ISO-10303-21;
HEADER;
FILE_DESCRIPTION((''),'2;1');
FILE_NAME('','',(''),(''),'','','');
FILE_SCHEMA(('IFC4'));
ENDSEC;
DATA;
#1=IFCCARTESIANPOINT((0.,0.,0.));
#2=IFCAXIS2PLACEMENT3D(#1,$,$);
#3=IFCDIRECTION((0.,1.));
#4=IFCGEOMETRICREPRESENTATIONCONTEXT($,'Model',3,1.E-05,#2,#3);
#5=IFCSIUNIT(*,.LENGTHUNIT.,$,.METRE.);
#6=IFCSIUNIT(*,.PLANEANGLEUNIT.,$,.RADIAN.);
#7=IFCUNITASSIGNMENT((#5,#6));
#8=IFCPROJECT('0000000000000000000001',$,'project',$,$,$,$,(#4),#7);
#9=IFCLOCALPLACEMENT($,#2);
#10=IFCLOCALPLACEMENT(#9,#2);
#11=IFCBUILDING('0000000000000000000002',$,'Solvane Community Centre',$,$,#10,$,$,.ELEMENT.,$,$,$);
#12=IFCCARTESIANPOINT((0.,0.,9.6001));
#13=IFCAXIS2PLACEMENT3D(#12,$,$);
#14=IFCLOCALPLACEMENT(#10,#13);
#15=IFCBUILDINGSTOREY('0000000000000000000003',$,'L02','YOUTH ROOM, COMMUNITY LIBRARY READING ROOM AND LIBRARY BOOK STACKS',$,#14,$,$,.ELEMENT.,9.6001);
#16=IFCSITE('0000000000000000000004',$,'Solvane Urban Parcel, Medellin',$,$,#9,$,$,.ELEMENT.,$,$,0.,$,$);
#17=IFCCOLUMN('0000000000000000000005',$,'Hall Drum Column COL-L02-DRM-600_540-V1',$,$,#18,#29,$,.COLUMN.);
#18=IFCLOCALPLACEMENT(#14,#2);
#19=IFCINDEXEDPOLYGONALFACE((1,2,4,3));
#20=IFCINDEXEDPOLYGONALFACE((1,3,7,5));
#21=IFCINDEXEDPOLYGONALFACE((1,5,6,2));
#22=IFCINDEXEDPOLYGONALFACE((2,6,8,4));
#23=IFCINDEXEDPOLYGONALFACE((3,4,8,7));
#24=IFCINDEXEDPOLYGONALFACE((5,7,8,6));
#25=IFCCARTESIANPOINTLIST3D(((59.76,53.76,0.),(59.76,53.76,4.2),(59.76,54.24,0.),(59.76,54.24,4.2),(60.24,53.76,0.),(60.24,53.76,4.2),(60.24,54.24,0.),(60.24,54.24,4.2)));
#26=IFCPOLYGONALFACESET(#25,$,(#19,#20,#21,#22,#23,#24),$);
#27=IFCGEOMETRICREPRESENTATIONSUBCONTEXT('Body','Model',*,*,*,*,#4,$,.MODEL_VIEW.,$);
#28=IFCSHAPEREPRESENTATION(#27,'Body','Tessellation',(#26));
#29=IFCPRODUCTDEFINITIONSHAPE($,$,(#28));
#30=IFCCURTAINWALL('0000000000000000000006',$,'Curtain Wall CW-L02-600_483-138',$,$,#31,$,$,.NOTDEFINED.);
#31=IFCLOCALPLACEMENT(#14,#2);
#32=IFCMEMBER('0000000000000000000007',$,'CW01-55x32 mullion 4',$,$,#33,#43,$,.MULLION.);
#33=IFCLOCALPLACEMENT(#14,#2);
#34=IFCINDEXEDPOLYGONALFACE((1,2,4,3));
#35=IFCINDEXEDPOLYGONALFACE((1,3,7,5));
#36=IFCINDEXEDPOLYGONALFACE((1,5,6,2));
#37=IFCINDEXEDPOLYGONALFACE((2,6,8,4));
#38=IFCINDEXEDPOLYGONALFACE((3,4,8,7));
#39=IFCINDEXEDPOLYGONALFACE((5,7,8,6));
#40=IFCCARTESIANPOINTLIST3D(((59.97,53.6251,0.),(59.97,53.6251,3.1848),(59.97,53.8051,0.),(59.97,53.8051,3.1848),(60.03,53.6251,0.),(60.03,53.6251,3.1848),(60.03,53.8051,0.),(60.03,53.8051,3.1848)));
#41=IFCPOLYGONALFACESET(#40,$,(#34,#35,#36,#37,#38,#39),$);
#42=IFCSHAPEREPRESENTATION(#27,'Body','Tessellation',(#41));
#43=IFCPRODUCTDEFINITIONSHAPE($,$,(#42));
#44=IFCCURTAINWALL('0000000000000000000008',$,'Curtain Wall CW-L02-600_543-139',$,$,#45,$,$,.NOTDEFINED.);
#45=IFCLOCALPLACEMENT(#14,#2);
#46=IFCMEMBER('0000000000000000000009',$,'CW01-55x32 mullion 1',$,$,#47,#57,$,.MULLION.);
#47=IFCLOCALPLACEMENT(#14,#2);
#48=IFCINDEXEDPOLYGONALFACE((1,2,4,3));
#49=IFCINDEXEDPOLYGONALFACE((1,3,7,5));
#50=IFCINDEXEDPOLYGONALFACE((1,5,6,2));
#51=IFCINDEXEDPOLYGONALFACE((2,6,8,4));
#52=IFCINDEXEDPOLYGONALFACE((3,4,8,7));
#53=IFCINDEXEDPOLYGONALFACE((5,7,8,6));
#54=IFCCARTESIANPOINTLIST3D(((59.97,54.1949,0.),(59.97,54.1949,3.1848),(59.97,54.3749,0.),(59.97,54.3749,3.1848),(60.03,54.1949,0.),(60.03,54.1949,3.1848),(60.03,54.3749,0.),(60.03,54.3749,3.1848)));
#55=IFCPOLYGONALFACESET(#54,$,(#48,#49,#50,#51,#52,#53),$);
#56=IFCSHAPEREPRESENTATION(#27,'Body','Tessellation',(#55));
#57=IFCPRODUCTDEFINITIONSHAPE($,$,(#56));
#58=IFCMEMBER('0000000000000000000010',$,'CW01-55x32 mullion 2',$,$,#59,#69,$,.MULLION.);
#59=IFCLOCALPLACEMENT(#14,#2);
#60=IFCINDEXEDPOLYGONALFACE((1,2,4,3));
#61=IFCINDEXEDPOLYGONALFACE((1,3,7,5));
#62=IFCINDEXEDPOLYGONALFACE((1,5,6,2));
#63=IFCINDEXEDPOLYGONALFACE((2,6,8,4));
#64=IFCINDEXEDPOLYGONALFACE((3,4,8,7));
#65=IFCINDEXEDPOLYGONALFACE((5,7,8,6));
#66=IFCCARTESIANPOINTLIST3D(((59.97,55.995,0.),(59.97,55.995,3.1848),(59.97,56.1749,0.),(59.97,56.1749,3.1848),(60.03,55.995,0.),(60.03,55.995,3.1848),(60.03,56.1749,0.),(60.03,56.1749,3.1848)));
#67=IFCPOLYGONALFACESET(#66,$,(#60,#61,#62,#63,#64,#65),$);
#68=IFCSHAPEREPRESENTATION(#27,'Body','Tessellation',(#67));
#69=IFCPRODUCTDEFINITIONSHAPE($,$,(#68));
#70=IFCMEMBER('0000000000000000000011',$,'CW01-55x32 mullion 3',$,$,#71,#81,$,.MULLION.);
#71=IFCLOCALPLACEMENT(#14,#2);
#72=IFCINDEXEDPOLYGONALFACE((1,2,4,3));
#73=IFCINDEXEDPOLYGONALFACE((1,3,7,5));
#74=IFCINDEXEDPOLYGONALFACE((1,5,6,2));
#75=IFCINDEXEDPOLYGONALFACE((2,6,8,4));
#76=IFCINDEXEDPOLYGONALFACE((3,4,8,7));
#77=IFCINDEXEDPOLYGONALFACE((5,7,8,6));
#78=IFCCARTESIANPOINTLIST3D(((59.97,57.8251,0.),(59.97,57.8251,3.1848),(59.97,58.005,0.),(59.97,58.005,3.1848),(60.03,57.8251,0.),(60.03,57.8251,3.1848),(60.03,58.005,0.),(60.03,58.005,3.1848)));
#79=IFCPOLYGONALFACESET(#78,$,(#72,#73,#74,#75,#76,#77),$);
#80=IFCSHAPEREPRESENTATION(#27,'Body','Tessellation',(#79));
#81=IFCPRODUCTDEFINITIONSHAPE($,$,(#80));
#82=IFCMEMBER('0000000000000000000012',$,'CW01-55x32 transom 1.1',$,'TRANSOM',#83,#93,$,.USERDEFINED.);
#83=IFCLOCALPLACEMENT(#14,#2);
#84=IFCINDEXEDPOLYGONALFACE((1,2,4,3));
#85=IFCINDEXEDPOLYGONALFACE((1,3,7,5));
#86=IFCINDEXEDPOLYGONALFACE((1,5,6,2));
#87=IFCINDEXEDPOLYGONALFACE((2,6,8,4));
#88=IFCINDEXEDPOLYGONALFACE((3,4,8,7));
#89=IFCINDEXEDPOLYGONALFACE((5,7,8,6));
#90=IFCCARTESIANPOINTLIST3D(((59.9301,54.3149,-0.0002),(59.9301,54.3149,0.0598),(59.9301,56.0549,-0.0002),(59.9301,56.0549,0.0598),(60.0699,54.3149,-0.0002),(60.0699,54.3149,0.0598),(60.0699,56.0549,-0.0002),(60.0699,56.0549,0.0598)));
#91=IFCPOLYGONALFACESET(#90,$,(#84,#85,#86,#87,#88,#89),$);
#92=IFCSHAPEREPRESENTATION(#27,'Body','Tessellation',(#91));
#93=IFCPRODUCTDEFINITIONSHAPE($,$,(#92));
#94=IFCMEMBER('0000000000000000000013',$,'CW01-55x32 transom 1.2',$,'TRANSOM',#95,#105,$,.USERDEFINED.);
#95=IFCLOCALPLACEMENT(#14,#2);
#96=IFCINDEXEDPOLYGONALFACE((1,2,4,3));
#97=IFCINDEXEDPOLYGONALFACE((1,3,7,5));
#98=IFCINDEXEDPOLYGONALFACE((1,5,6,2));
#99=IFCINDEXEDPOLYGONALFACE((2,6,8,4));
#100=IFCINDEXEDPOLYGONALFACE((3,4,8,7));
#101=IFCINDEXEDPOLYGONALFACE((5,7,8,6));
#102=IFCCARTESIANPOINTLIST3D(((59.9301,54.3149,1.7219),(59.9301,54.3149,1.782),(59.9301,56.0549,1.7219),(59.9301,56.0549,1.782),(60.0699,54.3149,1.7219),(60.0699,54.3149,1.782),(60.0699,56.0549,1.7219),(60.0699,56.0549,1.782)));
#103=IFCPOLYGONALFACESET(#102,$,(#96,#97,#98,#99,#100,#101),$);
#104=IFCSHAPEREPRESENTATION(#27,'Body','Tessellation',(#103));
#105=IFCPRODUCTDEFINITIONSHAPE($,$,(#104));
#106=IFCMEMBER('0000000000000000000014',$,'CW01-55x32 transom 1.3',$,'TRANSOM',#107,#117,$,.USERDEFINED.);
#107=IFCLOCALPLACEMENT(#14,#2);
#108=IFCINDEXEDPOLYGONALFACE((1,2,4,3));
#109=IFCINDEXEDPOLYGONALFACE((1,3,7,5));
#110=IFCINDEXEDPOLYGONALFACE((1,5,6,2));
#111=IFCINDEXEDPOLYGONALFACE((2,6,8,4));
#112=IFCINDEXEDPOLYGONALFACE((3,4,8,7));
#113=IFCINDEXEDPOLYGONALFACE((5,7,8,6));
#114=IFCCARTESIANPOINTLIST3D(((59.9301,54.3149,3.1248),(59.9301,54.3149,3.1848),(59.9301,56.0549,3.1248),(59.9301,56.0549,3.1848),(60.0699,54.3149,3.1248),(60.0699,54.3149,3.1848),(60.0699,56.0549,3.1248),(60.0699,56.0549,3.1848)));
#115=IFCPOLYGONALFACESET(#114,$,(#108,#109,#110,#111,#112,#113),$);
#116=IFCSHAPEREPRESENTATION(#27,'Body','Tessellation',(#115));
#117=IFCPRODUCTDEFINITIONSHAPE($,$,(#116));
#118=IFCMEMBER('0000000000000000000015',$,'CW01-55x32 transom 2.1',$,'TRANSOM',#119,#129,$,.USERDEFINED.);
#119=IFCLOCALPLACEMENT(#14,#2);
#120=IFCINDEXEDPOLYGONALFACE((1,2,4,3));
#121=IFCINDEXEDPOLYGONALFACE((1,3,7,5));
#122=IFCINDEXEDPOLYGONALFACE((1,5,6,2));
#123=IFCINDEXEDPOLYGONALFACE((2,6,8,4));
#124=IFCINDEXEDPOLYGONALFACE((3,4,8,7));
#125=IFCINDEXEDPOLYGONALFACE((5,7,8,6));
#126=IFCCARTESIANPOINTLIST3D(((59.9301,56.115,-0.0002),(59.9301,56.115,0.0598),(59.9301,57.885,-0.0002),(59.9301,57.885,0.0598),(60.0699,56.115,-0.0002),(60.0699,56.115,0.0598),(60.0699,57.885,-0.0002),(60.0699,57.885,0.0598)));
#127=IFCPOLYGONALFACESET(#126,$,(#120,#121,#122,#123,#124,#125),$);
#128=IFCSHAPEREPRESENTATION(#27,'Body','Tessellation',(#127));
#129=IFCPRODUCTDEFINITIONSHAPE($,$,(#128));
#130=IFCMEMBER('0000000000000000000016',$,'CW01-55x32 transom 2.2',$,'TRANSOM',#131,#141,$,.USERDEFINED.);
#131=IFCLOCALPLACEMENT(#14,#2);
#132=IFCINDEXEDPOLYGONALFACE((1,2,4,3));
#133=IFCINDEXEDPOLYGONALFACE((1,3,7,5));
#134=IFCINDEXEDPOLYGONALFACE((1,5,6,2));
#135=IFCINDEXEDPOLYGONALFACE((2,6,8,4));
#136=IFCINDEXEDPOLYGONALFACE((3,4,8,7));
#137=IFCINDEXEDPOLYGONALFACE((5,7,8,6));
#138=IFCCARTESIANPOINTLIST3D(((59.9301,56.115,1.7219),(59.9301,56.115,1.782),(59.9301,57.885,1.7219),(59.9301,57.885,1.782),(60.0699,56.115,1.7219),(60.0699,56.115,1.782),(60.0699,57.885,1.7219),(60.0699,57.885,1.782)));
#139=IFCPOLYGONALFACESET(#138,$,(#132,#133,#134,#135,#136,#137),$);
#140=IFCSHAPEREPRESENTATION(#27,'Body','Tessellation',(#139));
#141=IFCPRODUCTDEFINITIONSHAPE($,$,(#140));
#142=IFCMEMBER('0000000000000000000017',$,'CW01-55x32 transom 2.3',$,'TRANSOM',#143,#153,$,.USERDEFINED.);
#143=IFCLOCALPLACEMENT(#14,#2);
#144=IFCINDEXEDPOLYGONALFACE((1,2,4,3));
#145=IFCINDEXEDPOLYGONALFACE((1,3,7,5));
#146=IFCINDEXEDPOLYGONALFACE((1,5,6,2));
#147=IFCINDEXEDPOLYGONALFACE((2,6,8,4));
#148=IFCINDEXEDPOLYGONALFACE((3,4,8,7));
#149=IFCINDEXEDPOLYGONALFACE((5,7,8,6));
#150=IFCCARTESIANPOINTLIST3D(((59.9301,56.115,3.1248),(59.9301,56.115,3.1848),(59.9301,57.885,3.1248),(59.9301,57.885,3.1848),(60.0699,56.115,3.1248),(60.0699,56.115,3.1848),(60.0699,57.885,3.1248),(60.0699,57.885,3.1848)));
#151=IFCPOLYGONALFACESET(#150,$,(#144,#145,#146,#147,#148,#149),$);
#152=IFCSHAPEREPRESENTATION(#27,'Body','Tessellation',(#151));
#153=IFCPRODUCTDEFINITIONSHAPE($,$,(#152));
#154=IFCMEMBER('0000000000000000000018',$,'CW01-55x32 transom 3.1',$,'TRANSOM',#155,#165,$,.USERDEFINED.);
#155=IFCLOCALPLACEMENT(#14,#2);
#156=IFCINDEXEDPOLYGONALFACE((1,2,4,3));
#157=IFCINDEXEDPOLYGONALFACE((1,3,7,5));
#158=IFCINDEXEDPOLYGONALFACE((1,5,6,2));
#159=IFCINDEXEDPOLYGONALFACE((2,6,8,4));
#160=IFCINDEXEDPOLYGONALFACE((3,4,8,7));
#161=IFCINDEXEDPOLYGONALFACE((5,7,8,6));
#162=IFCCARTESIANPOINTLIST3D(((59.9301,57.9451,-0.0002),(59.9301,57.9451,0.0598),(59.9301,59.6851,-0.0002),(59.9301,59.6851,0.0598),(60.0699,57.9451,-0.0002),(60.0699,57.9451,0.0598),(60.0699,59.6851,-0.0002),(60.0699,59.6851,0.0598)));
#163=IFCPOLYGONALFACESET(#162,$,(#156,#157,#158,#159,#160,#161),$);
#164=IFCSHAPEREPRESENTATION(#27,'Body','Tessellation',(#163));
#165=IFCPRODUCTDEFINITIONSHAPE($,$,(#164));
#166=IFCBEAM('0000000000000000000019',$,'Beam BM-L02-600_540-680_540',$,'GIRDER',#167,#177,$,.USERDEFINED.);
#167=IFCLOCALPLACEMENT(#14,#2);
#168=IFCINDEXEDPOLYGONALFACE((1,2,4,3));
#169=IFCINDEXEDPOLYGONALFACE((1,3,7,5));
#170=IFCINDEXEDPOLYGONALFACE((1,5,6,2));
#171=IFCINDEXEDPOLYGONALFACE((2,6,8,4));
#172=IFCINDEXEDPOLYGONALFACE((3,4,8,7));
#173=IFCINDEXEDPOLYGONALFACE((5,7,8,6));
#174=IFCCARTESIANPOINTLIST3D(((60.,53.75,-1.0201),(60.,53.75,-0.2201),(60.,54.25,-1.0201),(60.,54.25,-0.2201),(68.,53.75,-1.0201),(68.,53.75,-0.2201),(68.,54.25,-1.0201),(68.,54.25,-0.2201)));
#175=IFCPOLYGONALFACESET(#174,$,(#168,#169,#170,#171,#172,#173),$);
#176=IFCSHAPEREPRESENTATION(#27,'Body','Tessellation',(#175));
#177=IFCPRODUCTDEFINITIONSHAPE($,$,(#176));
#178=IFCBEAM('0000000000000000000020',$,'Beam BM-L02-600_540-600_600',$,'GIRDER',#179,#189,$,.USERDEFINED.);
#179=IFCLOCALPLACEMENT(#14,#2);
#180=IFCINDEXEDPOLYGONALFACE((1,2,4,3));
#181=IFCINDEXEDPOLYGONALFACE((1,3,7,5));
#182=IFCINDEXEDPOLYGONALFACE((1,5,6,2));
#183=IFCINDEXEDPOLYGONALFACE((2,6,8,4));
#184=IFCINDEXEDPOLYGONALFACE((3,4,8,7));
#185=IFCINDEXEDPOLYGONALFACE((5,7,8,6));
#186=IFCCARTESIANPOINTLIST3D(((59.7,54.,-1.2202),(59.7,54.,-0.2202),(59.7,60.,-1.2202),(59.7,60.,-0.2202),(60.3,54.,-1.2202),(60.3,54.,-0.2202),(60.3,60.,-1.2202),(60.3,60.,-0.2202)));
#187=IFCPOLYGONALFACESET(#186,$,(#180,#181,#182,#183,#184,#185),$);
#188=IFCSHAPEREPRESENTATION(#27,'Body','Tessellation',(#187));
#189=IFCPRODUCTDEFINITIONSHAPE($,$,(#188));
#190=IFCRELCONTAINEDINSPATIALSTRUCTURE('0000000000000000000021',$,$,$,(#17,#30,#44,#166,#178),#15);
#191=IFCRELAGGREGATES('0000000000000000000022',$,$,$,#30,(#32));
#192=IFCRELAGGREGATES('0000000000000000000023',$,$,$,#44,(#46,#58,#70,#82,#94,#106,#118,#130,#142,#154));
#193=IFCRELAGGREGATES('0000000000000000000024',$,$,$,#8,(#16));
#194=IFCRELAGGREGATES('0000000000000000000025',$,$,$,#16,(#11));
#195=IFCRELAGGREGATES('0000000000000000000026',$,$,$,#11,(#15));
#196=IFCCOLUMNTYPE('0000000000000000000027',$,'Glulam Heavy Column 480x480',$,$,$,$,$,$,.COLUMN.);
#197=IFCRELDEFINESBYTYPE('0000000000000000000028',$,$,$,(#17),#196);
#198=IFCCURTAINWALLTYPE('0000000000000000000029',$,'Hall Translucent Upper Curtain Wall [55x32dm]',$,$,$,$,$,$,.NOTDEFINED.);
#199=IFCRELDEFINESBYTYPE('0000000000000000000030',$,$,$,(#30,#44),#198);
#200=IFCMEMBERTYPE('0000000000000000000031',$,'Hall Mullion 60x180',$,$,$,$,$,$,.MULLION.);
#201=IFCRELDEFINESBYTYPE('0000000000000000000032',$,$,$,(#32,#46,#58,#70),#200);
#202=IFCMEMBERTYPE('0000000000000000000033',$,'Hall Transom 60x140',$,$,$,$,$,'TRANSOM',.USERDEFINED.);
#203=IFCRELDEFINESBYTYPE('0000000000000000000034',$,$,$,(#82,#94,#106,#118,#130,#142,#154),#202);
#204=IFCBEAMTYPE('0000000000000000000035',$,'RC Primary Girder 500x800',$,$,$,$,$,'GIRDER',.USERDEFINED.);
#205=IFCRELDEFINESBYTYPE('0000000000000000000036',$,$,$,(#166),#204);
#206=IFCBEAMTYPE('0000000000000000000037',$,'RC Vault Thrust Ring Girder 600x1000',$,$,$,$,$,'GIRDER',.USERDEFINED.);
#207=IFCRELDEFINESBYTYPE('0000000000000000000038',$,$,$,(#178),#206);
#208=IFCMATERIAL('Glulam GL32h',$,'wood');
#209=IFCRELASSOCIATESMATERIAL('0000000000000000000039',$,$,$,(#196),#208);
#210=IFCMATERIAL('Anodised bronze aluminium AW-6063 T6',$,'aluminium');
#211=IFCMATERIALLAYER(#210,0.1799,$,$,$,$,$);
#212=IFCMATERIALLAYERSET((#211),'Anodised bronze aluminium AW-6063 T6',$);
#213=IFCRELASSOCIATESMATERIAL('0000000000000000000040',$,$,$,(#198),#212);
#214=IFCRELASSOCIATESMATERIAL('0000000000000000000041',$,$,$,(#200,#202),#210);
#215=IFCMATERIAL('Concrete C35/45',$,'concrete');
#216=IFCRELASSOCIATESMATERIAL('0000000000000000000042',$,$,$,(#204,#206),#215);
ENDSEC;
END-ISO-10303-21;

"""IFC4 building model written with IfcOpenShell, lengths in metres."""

from ifc_helpers import new_model, si_unit, direction, frame, origin, origin_2d, place, context, subcontext, project, spatial, rectangle, extrude, material, layer, layer_set, material_profile, profile_set, type_object, element, aggregate, save


model = new_model("IFC4")

# Units and contexts
model_context = context("Model", 3, precision=1e-05, world=origin(), true_north=direction((0.0, 1.0)))
body_context = subcontext(model_context, "Body", "Model", "MODEL_VIEW")
ifc_project = project(units=[si_unit("LENGTHUNIT", "METRE"), si_unit("PLANEANGLEUNIT", "RADIAN")], contexts=[model_context])

# Site, building, storey
site_placement = place(None, origin())
site = spatial("IfcSite", under=ifc_project, at=site_placement, Name="Solvane Urban Parcel, Medellin", CompositionType="ELEMENT", RefElevation=0.0)
building_placement = place(site_placement, origin())
building = spatial("IfcBuilding", under=site, at=building_placement, Name="Solvane Community Centre", CompositionType="ELEMENT")
storey_placement = place(building_placement, frame((0.0, 0.0, 9.6001)))
storey = spatial("IfcBuildingStorey", under=building, at=storey_placement, Name="L02", Description="YOUTH ROOM, COMMUNITY LIBRARY READING ROOM AND LIBRARY BOOK STACKS", CompositionType="ELEMENT", Elevation=9.6001)

# Column
ifc_material_1 = material(Name="Glulam GL32h", Category="wood")
ifc_material_profile_1 = material_profile(ifc_material_1, rectangle(XDim=0.48, YDim=0.48, at=origin_2d()), Name="GL32h 480x480")
ifc_profile_set_1 = profile_set([ifc_material_profile_1], Name="Glulam GL32h")
column_type = type_object("IfcColumnType", Name="Glulam Heavy Column 480x480", PredefinedType="COLUMN", material=ifc_profile_set_1)
column_placement = place(storey_placement, frame((60.0, 54.0, 0.0), z_axis=(0.0, 0.0, 1.0), x_axis=(1.0, 0.0, 0.0)))
element("IfcColumn", 1, at=column_placement, inside=storey, type_object=column_type, Name="Hall Drum Column COL-L02-DRM-600_540-V1", PredefinedType="COLUMN", context=body_context, shape_type="SweptSolid", body=[
    extrude(rectangle(XDim=0.48, YDim=0.48, at=origin_2d()), origin(), (0.0, 0.0, 1.0), 4.2),
])

# Curtain wall, member
ifc_material_2 = material(Name="Anodised bronze aluminium AW-6063 T6", Category="aluminium")
ifc_layer_1 = layer(ifc_material_2, 0.1799)
ifc_layer_set_1 = layer_set([ifc_layer_1], Name="Anodised bronze aluminium AW-6063 T6")
curtain_wall_type = type_object("IfcCurtainWallType", Name="Hall Translucent Upper Curtain Wall [55x32dm]", PredefinedType="NOTDEFINED", material=ifc_layer_set_1)
curtain_wall_1_placement = place(storey_placement, origin())
curtain_wall_1 = element("IfcCurtainWall", 2, at=curtain_wall_1_placement, inside=storey, type_object=curtain_wall_type, Name="Curtain Wall CW-L02-600_483-138", PredefinedType="NOTDEFINED")
ifc_material_profile_2 = material_profile(ifc_material_2, rectangle(XDim=0.0601, YDim=0.1799, at=origin_2d()), Name="CW-M 60x180")
ifc_profile_set_2 = profile_set([ifc_material_profile_2], Name="Anodised bronze aluminium AW-6063 T6")
member_type_1 = type_object("IfcMemberType", Name="Hall Mullion 60x180", PredefinedType="MULLION", material=ifc_profile_set_2)
member_1_placement = place(storey_placement, frame((60.0, 53.7151, 0.0), z_axis=(0.0, 0.0, 1.0), x_axis=(-1.0, 0.0, 0.0)))
member_1 = element("IfcMember", 3, at=member_1_placement, type_object=member_type_1, Name="CW01-55x32 mullion 4", PredefinedType="MULLION", context=body_context, shape_type="SweptSolid", body=[
    extrude(rectangle(XDim=0.0601, YDim=0.1799, at=origin_2d()), origin(), (0.0, 0.0, 1.0), 3.1848),
])

# Curtain wall, members
curtain_wall_2_placement = place(storey_placement, origin())
curtain_wall_2 = element("IfcCurtainWall", 4, at=curtain_wall_2_placement, inside=storey, type_object=curtain_wall_type, Name="Curtain Wall CW-L02-600_543-139", PredefinedType="NOTDEFINED")
member_2_placement = place(storey_placement, frame((60.0, 54.2849, 0.0), z_axis=(0.0, 0.0, 1.0), x_axis=(-1.0, 0.0, 0.0)))
member_2 = element("IfcMember", 5, at=member_2_placement, type_object=member_type_1, Name="CW01-55x32 mullion 1", PredefinedType="MULLION", context=body_context, shape_type="SweptSolid", body=[
    extrude(rectangle(XDim=0.0601, YDim=0.1799, at=origin_2d()), origin(), (0.0, 0.0, 1.0), 3.1848),
])
member_3_placement = place(storey_placement, frame((60.0, 56.085, 0.0), z_axis=(0.0, 0.0, 1.0), x_axis=(-1.0, 0.0, 0.0)))
member_3 = element("IfcMember", 6, at=member_3_placement, type_object=member_type_1, Name="CW01-55x32 mullion 2", PredefinedType="MULLION", context=body_context, shape_type="SweptSolid", body=[
    extrude(rectangle(XDim=0.0601, YDim=0.1799, at=origin_2d()), origin(), (0.0, 0.0, 1.0), 3.1848),
])
member_4_placement = place(storey_placement, frame((60.0, 57.915, 0.0), z_axis=(0.0, 0.0, 1.0), x_axis=(-1.0, 0.0, 0.0)))
member_4 = element("IfcMember", 7, at=member_4_placement, type_object=member_type_1, Name="CW01-55x32 mullion 3", PredefinedType="MULLION", context=body_context, shape_type="SweptSolid", body=[
    extrude(rectangle(XDim=0.0601, YDim=0.1799, at=origin_2d()), origin(), (0.0, 0.0, 1.0), 3.1848),
])
ifc_material_profile_3 = material_profile(ifc_material_2, rectangle(XDim=0.1399, YDim=0.0601, at=origin_2d()), Name="CW-T 60x140")
ifc_profile_set_3 = profile_set([ifc_material_profile_3], Name="Anodised bronze aluminium AW-6063 T6")
member_type_2 = type_object("IfcMemberType", Name="Hall Transom 60x140", ElementType="TRANSOM", PredefinedType="USERDEFINED", material=ifc_profile_set_3)
member_5_placement = place(storey_placement, frame((60.0, 54.3149, 0.0298), z_axis=(0.0, 1.0, 0.0), x_axis=(-1.0, 0.0, 0.0)))
member_5 = element("IfcMember", 8, at=member_5_placement, type_object=member_type_2, Name="CW01-55x32 transom 1.1", ObjectType="TRANSOM", PredefinedType="USERDEFINED", context=body_context, shape_type="SweptSolid", body=[
    extrude(rectangle(XDim=0.1399, YDim=0.0601, at=origin_2d()), origin(), (0.0, 0.0, 1.0), 1.74),
])
member_6_placement = place(storey_placement, frame((60.0, 54.3149, 1.752), z_axis=(0.0, 1.0, 0.0), x_axis=(-1.0, 0.0, 0.0)))
member_6 = element("IfcMember", 9, at=member_6_placement, type_object=member_type_2, Name="CW01-55x32 transom 1.2", ObjectType="TRANSOM", PredefinedType="USERDEFINED", context=body_context, shape_type="SweptSolid", body=[
    extrude(rectangle(XDim=0.1399, YDim=0.0601, at=origin_2d()), origin(), (0.0, 0.0, 1.0), 1.74),
])
member_7_placement = place(storey_placement, frame((60.0, 54.3149, 3.1548), z_axis=(0.0, 1.0, 0.0), x_axis=(-1.0, 0.0, 0.0)))
member_7 = element("IfcMember", 10, at=member_7_placement, type_object=member_type_2, Name="CW01-55x32 transom 1.3", ObjectType="TRANSOM", PredefinedType="USERDEFINED", context=body_context, shape_type="SweptSolid", body=[
    extrude(rectangle(XDim=0.1399, YDim=0.0601, at=origin_2d()), origin(), (0.0, 0.0, 1.0), 1.74),
])
member_8_placement = place(storey_placement, frame((60.0, 56.115, 0.0298), z_axis=(0.0, 1.0, 0.0), x_axis=(-1.0, 0.0, 0.0)))
member_8 = element("IfcMember", 11, at=member_8_placement, type_object=member_type_2, Name="CW01-55x32 transom 2.1", ObjectType="TRANSOM", PredefinedType="USERDEFINED", context=body_context, shape_type="SweptSolid", body=[
    extrude(rectangle(XDim=0.1399, YDim=0.0601, at=origin_2d()), origin(), (0.0, 0.0, 1.0), 1.77),
])
member_9_placement = place(storey_placement, frame((60.0, 56.115, 1.752), z_axis=(0.0, 1.0, 0.0), x_axis=(-1.0, 0.0, 0.0)))
member_9 = element("IfcMember", 12, at=member_9_placement, type_object=member_type_2, Name="CW01-55x32 transom 2.2", ObjectType="TRANSOM", PredefinedType="USERDEFINED", context=body_context, shape_type="SweptSolid", body=[
    extrude(rectangle(XDim=0.1399, YDim=0.0601, at=origin_2d()), origin(), (0.0, 0.0, 1.0), 1.77),
])
member_10_placement = place(storey_placement, frame((60.0, 56.115, 3.1548), z_axis=(0.0, 1.0, 0.0), x_axis=(-1.0, 0.0, 0.0)))
member_10 = element("IfcMember", 13, at=member_10_placement, type_object=member_type_2, Name="CW01-55x32 transom 2.3", ObjectType="TRANSOM", PredefinedType="USERDEFINED", context=body_context, shape_type="SweptSolid", body=[
    extrude(rectangle(XDim=0.1399, YDim=0.0601, at=origin_2d()), origin(), (0.0, 0.0, 1.0), 1.77),
])
member_11_placement = place(storey_placement, frame((60.0, 57.9451, 0.0298), z_axis=(0.0, 1.0, 0.0), x_axis=(-1.0, 0.0, 0.0)))
member_11 = element("IfcMember", 14, at=member_11_placement, type_object=member_type_2, Name="CW01-55x32 transom 3.1", ObjectType="TRANSOM", PredefinedType="USERDEFINED", context=body_context, shape_type="SweptSolid", body=[
    extrude(rectangle(XDim=0.1399, YDim=0.0601, at=origin_2d()), origin(), (0.0, 0.0, 1.0), 1.74),
])

# Beams
ifc_material_3 = material(Name="Concrete C35/45", Category="concrete")
ifc_material_profile_4 = material_profile(ifc_material_3, rectangle(XDim=0.5, YDim=0.8, at=origin_2d()), Name="RC 500x800")
ifc_profile_set_4 = profile_set([ifc_material_profile_4], Name="Concrete C35/45")
beam_type_1 = type_object("IfcBeamType", Name="RC Primary Girder 500x800", ElementType="GIRDER", PredefinedType="USERDEFINED", material=ifc_profile_set_4)
beam_placement = place(storey_placement, frame((60.0, 54.0, -0.6201), z_axis=(1.0, 0.0, 0.0), x_axis=(0.0, 1.0, 0.0)))
element("IfcBeam", 15, at=beam_placement, inside=storey, type_object=beam_type_1, Name="Beam BM-L02-600_540-680_540", ObjectType="GIRDER", PredefinedType="USERDEFINED", context=body_context, shape_type="SweptSolid", body=[
    extrude(rectangle(XDim=0.5, YDim=0.8, at=origin_2d()), origin(), (0.0, 0.0, 1.0), 8.0),
])
ifc_material_profile_5 = material_profile(ifc_material_3, rectangle(XDim=0.6001, YDim=1.0, at=origin_2d()), Name="RC 600x1000")
ifc_profile_set_5 = profile_set([ifc_material_profile_5], Name="Concrete C35/45")
beam_type_2 = type_object("IfcBeamType", Name="RC Vault Thrust Ring Girder 600x1000", ElementType="GIRDER", PredefinedType="USERDEFINED", material=ifc_profile_set_5)
for number, where, z_axis, x_axis, name in (
    (16, (60.0, 54.0, -0.7202), (0.0, 1.0, 0.0), (-1.0, 0.0, 0.0), "Beam BM-L02-600_540-600_600"),
):
    element("IfcBeam", number, at=place(storey_placement, frame(where, z_axis=z_axis, x_axis=x_axis)), inside=storey, type_object=beam_type_2, Name=name, ObjectType="GIRDER", PredefinedType="USERDEFINED", context=body_context, shape_type="SweptSolid", body=[
        extrude(rectangle(XDim=0.6001, YDim=1.0, at=origin_2d()), origin(), (0.0, 0.0, 1.0), 6.0),
    ])

aggregate(curtain_wall_1, [member_1])
aggregate(curtain_wall_2, [member_2, member_3, member_4, member_5, member_6, member_7, member_8, member_9, member_10, member_11])

save(model, "model.ifc")
